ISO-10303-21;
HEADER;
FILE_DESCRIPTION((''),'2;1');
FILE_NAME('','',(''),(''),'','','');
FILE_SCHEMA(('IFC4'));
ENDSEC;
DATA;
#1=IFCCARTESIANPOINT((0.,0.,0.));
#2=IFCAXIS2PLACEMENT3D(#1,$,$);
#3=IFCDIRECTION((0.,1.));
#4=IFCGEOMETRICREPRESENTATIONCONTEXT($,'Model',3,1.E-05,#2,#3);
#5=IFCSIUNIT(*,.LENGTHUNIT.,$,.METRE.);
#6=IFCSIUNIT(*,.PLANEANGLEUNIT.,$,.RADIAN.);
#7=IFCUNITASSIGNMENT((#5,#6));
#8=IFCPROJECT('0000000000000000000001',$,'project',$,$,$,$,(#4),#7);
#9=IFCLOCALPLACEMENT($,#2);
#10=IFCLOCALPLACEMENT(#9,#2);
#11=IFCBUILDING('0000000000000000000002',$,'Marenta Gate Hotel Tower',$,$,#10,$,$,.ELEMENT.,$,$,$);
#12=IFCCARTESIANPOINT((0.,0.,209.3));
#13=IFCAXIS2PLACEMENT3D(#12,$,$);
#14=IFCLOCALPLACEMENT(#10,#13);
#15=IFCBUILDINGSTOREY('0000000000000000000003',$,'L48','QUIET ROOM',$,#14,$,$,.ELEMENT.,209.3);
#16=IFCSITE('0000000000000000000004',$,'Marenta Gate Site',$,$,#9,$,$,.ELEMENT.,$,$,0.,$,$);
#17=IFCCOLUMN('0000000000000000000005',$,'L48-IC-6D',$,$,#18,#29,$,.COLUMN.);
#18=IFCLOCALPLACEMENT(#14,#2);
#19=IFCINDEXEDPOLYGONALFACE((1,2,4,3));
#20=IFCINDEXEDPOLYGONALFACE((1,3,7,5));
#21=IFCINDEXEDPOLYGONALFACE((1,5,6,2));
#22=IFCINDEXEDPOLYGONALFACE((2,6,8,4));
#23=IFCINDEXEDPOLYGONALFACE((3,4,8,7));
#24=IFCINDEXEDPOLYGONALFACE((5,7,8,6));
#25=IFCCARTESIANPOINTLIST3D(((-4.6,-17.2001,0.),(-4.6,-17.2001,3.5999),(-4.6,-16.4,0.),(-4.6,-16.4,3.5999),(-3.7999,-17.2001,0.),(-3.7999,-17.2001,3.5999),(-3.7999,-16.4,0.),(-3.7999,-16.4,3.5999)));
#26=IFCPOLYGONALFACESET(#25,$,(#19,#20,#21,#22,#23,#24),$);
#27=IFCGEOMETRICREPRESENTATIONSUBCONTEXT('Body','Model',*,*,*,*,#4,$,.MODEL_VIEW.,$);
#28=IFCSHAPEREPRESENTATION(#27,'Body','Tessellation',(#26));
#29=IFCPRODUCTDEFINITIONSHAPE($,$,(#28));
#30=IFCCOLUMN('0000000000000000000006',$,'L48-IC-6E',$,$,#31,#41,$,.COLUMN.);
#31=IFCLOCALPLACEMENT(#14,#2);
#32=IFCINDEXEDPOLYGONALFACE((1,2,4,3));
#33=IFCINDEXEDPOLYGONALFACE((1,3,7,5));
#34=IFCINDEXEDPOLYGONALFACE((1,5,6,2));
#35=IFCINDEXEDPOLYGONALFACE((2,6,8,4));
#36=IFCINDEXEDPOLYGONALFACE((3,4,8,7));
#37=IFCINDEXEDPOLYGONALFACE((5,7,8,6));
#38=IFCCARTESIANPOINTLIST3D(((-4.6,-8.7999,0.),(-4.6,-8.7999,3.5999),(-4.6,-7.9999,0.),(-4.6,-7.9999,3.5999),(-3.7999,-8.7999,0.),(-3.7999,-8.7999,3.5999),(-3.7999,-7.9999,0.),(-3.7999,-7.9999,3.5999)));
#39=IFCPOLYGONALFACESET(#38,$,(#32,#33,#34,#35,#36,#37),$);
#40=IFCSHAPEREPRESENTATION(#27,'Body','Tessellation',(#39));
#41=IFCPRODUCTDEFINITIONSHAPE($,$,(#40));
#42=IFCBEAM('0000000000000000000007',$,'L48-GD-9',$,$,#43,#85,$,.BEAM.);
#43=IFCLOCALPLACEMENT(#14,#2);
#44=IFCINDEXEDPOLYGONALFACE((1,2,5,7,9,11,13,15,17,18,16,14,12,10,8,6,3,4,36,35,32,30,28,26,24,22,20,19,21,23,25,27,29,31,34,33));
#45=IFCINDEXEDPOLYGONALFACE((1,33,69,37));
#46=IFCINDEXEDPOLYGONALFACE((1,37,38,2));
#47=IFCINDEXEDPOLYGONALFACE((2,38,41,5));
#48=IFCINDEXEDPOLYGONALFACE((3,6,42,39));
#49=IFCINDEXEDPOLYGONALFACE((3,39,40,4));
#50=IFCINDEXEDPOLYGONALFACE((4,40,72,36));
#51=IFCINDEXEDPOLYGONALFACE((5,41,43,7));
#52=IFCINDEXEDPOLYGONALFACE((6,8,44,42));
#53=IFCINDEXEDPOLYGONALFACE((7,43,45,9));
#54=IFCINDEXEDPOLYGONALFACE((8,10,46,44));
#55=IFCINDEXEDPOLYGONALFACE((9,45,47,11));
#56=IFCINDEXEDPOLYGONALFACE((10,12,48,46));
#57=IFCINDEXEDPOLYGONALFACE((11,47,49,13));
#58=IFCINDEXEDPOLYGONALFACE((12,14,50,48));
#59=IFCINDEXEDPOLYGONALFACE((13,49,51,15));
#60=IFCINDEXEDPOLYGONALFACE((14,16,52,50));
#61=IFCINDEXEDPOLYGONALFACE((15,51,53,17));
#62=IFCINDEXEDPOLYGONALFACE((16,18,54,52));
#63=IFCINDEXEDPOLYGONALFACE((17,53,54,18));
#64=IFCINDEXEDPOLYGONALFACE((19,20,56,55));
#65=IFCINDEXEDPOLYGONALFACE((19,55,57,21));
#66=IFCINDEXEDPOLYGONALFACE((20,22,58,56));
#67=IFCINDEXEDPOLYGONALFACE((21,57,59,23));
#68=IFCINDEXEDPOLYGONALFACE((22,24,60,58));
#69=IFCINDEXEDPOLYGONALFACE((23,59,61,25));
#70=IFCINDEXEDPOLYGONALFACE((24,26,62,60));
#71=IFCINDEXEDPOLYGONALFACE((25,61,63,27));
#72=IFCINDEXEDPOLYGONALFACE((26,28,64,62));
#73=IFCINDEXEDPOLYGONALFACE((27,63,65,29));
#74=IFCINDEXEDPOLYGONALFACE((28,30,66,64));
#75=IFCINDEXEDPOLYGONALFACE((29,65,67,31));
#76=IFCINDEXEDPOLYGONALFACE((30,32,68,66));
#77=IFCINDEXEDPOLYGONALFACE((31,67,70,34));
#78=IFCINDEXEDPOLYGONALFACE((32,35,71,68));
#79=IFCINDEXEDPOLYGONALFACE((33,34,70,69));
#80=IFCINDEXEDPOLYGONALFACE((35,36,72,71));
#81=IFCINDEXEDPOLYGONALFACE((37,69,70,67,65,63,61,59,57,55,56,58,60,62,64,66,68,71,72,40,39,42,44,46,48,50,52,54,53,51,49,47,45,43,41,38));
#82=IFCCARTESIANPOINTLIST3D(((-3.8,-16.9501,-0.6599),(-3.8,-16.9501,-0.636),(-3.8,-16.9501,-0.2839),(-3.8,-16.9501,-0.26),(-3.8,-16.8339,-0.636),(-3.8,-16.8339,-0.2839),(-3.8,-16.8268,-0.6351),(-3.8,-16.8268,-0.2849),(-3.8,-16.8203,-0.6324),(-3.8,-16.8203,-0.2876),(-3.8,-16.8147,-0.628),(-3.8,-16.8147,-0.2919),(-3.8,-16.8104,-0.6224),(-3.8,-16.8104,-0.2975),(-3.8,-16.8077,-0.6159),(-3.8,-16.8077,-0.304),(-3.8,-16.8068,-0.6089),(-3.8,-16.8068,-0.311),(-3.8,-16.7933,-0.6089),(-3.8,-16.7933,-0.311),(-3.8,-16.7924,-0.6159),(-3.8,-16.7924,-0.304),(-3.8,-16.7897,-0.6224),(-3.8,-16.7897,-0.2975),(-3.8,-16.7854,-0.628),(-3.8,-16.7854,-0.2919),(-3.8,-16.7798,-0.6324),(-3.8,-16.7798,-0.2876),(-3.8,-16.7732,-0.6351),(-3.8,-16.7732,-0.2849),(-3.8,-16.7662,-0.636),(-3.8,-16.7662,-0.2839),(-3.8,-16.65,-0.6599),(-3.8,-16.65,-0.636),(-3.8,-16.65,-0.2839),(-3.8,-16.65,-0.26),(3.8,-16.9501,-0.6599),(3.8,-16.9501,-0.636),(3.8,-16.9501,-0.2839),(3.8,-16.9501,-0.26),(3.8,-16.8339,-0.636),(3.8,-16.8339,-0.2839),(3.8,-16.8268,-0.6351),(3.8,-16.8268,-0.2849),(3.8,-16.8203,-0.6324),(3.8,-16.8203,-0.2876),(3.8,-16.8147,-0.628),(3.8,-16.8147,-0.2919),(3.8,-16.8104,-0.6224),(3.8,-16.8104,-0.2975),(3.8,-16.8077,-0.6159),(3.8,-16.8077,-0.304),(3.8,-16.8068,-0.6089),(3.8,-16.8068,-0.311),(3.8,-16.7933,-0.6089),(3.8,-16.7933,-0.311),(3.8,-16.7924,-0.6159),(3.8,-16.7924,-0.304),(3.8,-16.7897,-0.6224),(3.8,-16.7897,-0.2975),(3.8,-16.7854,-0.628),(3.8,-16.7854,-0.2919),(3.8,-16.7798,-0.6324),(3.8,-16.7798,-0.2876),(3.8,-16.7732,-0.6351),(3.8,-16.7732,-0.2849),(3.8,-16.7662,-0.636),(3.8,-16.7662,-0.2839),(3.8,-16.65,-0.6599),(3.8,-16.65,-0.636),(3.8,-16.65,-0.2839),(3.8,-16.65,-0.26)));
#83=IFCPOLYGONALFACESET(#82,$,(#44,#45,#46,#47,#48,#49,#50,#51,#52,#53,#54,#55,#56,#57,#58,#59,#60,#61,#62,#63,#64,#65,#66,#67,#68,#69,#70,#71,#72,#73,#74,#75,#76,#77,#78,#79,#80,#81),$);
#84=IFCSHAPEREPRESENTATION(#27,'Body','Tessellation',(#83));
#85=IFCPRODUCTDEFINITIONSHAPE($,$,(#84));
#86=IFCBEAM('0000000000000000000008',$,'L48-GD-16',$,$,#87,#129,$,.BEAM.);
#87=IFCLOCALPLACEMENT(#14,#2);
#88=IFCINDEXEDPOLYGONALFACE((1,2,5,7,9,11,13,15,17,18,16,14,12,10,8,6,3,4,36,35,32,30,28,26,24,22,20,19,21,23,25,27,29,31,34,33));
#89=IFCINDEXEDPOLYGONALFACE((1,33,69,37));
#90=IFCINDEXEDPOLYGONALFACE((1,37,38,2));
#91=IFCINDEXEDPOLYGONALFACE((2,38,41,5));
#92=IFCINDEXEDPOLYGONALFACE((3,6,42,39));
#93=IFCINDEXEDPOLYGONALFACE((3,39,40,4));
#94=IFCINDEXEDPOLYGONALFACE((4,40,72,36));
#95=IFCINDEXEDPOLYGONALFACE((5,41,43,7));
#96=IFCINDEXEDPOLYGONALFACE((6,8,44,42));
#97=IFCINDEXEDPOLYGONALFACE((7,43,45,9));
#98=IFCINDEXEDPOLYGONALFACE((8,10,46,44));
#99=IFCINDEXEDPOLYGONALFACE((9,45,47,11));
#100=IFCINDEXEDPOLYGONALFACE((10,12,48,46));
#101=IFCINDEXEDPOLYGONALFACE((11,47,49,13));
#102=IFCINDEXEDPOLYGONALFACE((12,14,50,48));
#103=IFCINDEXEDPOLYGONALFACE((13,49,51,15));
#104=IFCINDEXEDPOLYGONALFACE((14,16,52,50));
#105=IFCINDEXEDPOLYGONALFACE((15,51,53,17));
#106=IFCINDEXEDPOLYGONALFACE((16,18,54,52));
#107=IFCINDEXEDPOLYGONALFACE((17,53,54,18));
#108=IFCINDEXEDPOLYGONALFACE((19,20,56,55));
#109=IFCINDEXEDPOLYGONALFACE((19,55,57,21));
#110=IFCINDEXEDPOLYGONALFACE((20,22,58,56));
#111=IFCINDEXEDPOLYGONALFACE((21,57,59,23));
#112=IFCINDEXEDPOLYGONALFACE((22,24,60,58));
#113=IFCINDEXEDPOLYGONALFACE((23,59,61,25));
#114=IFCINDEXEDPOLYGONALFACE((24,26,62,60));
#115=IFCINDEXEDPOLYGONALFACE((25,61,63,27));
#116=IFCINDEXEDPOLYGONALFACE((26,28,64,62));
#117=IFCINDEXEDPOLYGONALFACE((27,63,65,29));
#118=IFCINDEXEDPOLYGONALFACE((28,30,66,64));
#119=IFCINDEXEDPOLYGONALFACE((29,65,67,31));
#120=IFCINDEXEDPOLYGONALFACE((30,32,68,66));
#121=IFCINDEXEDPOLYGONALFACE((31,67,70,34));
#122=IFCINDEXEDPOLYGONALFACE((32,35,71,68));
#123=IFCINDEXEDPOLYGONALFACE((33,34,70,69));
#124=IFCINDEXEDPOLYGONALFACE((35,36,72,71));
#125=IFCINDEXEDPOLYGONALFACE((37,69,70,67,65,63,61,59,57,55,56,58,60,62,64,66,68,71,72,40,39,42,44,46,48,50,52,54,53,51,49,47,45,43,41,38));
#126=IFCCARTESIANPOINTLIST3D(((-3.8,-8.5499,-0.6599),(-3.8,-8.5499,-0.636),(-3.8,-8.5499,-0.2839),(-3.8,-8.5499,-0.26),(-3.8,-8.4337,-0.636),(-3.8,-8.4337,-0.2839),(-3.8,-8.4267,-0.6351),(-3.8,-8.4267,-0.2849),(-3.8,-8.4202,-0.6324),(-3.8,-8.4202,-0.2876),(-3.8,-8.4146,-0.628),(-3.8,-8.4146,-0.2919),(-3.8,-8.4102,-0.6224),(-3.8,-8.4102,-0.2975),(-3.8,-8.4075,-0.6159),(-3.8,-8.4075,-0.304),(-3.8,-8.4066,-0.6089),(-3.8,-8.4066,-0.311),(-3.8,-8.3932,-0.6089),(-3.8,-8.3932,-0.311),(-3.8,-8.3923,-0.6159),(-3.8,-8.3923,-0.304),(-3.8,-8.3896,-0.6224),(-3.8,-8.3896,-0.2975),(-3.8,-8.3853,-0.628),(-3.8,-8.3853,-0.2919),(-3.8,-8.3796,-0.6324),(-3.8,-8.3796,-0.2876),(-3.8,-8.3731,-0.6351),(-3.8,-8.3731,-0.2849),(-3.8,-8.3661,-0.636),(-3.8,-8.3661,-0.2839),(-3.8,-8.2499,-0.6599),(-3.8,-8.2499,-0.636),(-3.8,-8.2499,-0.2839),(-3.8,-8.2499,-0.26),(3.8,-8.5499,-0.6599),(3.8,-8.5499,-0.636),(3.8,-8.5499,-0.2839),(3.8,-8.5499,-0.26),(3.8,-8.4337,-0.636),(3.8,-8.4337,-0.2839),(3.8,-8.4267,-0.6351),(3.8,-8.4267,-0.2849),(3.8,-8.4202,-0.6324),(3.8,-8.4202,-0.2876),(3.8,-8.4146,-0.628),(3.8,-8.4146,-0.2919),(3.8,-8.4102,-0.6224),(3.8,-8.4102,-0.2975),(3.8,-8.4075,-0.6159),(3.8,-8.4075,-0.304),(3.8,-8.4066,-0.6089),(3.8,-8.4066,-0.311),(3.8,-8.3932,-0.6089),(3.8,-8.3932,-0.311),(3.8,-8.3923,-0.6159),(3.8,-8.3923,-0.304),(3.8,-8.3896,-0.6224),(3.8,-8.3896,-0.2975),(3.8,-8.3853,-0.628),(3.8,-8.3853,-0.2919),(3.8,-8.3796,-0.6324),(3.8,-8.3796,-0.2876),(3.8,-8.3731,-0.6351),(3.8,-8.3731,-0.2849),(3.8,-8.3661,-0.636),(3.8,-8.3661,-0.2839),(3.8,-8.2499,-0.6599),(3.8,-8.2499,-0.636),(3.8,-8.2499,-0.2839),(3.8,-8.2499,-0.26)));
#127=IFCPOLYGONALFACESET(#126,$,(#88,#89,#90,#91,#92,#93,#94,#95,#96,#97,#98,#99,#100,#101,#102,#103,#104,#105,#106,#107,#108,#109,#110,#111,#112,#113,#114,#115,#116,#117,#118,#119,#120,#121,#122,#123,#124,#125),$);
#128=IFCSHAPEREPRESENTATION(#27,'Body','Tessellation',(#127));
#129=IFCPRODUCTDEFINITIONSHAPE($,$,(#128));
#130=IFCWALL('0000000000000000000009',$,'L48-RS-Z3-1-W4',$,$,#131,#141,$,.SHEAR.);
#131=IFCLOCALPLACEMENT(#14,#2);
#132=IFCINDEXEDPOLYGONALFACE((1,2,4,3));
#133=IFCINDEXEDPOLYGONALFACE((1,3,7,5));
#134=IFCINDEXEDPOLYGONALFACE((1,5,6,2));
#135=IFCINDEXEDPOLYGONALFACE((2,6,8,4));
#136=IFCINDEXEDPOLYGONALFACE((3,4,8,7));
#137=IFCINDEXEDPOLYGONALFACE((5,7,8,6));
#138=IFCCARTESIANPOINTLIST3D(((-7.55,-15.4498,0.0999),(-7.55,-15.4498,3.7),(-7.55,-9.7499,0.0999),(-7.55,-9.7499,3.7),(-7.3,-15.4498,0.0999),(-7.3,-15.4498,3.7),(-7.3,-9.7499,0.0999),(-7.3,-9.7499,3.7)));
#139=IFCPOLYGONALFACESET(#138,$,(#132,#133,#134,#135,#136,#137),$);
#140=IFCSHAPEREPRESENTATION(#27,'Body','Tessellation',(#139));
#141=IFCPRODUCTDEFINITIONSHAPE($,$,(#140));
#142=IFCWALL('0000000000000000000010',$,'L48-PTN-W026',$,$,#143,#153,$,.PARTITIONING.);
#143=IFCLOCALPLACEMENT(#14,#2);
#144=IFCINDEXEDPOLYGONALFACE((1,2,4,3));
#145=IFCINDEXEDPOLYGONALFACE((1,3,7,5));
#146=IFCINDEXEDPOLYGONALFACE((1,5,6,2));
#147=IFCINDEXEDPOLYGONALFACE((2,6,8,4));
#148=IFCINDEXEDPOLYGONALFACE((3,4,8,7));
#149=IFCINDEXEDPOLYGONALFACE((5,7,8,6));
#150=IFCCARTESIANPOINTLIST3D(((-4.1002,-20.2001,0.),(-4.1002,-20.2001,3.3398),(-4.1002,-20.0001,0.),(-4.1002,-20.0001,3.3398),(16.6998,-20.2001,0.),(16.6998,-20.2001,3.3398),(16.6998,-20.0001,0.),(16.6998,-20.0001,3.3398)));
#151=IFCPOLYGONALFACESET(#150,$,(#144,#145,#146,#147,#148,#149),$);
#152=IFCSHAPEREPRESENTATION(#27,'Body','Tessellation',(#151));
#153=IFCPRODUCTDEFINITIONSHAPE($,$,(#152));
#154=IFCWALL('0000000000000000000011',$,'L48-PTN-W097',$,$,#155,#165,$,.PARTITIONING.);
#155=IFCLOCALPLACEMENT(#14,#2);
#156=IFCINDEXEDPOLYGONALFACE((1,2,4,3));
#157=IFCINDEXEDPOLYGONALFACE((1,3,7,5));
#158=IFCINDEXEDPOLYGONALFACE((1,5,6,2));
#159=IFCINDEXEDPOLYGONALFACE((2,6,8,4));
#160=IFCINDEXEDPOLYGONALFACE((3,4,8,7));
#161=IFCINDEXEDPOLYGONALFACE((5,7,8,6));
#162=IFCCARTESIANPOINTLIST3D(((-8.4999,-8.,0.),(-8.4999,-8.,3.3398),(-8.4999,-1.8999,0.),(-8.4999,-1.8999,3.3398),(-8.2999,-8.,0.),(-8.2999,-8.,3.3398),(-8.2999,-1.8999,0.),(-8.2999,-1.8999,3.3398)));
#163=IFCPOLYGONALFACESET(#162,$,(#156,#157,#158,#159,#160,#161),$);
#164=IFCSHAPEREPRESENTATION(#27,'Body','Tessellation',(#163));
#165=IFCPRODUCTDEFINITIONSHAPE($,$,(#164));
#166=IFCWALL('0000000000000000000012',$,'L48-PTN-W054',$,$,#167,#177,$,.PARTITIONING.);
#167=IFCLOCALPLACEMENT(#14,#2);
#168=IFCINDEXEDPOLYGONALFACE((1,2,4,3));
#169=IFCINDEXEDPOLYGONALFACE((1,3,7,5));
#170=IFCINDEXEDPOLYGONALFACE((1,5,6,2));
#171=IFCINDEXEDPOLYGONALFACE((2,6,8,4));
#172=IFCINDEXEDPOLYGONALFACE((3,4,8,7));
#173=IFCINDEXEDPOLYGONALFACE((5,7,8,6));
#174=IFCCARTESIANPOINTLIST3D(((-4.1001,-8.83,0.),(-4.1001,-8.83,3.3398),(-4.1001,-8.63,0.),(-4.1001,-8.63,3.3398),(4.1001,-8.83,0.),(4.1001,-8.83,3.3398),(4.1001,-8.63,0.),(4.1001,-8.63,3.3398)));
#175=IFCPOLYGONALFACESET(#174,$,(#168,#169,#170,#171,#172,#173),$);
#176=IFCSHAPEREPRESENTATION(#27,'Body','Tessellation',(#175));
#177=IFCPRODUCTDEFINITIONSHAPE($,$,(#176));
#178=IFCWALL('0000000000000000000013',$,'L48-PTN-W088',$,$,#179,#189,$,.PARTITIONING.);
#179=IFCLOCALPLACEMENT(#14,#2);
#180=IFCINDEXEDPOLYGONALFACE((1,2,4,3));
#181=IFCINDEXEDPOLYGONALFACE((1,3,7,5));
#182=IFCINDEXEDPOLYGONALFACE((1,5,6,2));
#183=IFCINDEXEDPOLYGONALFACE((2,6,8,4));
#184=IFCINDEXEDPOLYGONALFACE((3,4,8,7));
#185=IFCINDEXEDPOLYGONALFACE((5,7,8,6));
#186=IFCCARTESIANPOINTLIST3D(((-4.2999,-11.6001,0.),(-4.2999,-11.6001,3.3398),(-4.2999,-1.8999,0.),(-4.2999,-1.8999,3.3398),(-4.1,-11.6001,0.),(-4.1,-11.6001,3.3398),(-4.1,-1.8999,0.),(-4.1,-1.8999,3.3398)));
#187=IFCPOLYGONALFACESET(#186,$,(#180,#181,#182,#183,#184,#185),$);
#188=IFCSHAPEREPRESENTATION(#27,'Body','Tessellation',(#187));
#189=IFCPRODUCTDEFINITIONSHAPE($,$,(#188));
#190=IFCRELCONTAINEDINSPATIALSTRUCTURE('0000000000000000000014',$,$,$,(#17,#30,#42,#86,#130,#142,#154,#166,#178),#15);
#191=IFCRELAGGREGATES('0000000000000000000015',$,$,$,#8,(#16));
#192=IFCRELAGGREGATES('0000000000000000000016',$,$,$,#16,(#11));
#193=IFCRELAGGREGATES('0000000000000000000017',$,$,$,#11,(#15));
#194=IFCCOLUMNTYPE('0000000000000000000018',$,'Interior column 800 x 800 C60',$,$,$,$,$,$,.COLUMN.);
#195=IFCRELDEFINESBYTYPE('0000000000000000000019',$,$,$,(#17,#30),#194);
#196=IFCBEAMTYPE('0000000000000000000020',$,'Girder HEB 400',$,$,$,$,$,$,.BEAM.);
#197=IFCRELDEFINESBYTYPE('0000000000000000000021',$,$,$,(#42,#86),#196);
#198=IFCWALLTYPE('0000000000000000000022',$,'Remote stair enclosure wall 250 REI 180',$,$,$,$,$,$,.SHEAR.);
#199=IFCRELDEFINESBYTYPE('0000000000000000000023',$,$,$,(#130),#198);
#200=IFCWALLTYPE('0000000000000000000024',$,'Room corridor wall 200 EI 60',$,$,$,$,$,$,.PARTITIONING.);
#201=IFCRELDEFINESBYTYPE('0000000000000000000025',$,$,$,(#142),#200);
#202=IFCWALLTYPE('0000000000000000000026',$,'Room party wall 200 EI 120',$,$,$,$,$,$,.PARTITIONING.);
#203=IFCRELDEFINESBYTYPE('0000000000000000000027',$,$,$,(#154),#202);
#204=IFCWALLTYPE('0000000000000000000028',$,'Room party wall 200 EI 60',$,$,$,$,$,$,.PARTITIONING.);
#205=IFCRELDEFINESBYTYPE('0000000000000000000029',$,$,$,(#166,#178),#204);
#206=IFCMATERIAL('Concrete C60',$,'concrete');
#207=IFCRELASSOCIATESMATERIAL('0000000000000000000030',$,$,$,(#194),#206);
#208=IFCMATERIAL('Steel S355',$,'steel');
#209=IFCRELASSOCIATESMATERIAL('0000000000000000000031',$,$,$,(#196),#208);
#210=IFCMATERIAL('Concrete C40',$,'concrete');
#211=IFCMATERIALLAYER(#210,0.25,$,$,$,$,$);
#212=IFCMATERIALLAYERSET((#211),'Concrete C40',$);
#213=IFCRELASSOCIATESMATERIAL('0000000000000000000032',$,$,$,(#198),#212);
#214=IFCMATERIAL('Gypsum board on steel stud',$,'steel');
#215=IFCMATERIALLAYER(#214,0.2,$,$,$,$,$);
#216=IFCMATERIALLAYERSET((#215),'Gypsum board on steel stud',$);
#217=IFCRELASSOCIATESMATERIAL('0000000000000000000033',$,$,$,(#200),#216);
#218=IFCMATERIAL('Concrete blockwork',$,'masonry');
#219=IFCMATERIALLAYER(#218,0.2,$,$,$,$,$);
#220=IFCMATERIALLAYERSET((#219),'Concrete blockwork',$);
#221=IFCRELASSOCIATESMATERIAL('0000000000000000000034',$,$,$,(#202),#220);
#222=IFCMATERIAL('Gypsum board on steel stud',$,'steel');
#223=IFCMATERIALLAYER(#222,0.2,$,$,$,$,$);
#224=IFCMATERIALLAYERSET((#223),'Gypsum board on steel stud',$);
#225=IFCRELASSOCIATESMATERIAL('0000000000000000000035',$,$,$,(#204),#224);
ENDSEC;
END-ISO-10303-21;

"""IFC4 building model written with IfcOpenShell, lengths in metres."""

from ifc_helpers import new_model, si_unit, direction, frame, frame_2d, origin, origin_2d, place, context, subcontext, project, spatial, rectangle, i_section, extrude, material, layer, layer_set, material_profile, profile_set, type_object, element, save


model = new_model("IFC4")

# Units and contexts
model_context = context("Model", 3, precision=1e-05, world=origin(), true_north=direction((0.0, 1.0)))
body_context = subcontext(model_context, "Body", "Model", "MODEL_VIEW")
ifc_project = project(units=[si_unit("LENGTHUNIT", "METRE"), si_unit("PLANEANGLEUNIT", "RADIAN")], contexts=[model_context])

# Site, building, storey
site_placement = place(None, origin())
site = spatial("IfcSite", under=ifc_project, at=site_placement, Name="Marenta Gate Site", CompositionType="ELEMENT", RefElevation=0.0)
building_placement = place(site_placement, origin())
building = spatial("IfcBuilding", under=site, at=building_placement, Name="Marenta Gate Hotel Tower", CompositionType="ELEMENT")
storey_placement = place(building_placement, frame((0.0, 0.0, 209.3)))
storey = spatial("IfcBuildingStorey", under=building, at=storey_placement, Name="L48", Description="QUIET ROOM", CompositionType="ELEMENT", Elevation=209.3)

# Columns
ifc_material_1 = material(Name="Concrete C60", Category="concrete")
ifc_material_profile_1 = material_profile(ifc_material_1, rectangle(XDim=0.8, YDim=0.8, at=origin_2d()), Name="800 x 800")
ifc_profile_set_1 = profile_set([ifc_material_profile_1], Name="Concrete C60")
column_type = type_object("IfcColumnType", Name="Interior column 800 x 800 C60", PredefinedType="COLUMN", material=ifc_profile_set_1)
for number, where, z_axis, x_axis, name in (
    (1, (-4.2, -16.8, 0.0), (0.0, 0.0, 1.0), (1.0, 0.0, 0.0), "L48-IC-6D"),
    (2, (-4.2, -8.3999, 0.0), (0.0, 0.0, 1.0), (1.0, 0.0, 0.0), "L48-IC-6E"),
):
    element("IfcColumn", number, at=place(storey_placement, frame(where, z_axis=z_axis, x_axis=x_axis)), inside=storey, type_object=column_type, Name=name, PredefinedType="COLUMN", context=body_context, shape_type="SweptSolid", body=[
        extrude(rectangle(XDim=0.8, YDim=0.8, at=origin_2d()), origin(), (0.0, 0.0, 1.0), 3.5999),
    ])

# Beams
ifc_material_2 = material(Name="Steel S355", Category="steel")
ifc_material_profile_2 = material_profile(ifc_material_2, i_section(OverallWidth=0.3, OverallDepth=0.3999, WebThickness=0.0134, FlangeThickness=0.0239, FilletRadius=0.0271, at=origin_2d()), Name="HEB 400")
ifc_profile_set_2 = profile_set([ifc_material_profile_2], Name="Steel S355")
beam_type = type_object("IfcBeamType", Name="Girder HEB 400", PredefinedType="BEAM", material=ifc_profile_set_2)
for number, where, z_axis, x_axis, name in (
    (3, (-3.8, -16.8, -0.46), (1.0, 0.0, 0.0), (0.0, 1.0, 0.0), "L48-GD-9"),
    (4, (-3.8, -8.3999, -0.46), (1.0, 0.0, 0.0), (0.0, 1.0, 0.0), "L48-GD-16"),
):
    element("IfcBeam", number, at=place(storey_placement, frame(where, z_axis=z_axis, x_axis=x_axis)), inside=storey, type_object=beam_type, Name=name, PredefinedType="BEAM", context=body_context, shape_type="SweptSolid", body=[
        extrude(i_section(OverallWidth=0.3, OverallDepth=0.3999, WebThickness=0.0134, FlangeThickness=0.0239, FilletRadius=0.0271, at=origin_2d()), origin(), (0.0, 0.0, 1.0), 7.6001),
    ])

# Walls
ifc_material_3 = material(Name="Concrete C40", Category="concrete")
ifc_layer_1 = layer(ifc_material_3, 0.25)
ifc_layer_set_1 = layer_set([ifc_layer_1], Name="Concrete C40")
wall_type_1 = type_object("IfcWallType", Name="Remote stair enclosure wall 250 REI 180", PredefinedType="SHEAR", material=ifc_layer_set_1)
wall_1_placement = place(storey_placement, frame((-7.425, -15.45, 0.0999), z_axis=(0.0, 0.0, 1.0), x_axis=(0.0, 1.0, 0.0)))
element("IfcWall", 5, at=wall_1_placement, inside=storey, type_object=wall_type_1, Name="L48-RS-Z3-1-W4", PredefinedType="SHEAR", context=body_context, shape_type="SweptSolid", body=[
    extrude(rectangle(XDim=5.7, YDim=0.25, at=frame_2d((2.8501, 0.0))), origin(), (0.0, 0.0, 1.0), 3.6001),
])
ifc_material_4 = material(Name="Gypsum board on steel stud", Category="steel")
ifc_layer_2 = layer(ifc_material_4, 0.2)
ifc_layer_set_2 = layer_set([ifc_layer_2], Name="Gypsum board on steel stud")
wall_type_2 = type_object("IfcWallType", Name="Room corridor wall 200 EI 60", PredefinedType="PARTITIONING", material=ifc_layer_set_2)
wall_2_placement = place(storey_placement, frame((-4.1001, -20.1001, 0.0), z_axis=(0.0, 0.0, 1.0), x_axis=(1.0, 0.0, 0.0)))
element("IfcWall", 6, at=wall_2_placement, inside=storey, type_object=wall_type_2, Name="L48-PTN-W026", PredefinedType="PARTITIONING", context=body_context, shape_type="SweptSolid", body=[
    extrude(rectangle(XDim=20.8, YDim=0.2, at=frame_2d((10.3999, 0.0))), origin(), (0.0, 0.0, 1.0), 3.3398),
])

# Walls
ifc_material_5 = material(Name="Concrete blockwork", Category="masonry")
ifc_layer_3 = layer(ifc_material_5, 0.2)
ifc_layer_set_3 = layer_set([ifc_layer_3], Name="Concrete blockwork")
wall_type_3 = type_object("IfcWallType", Name="Room party wall 200 EI 120", PredefinedType="PARTITIONING", material=ifc_layer_set_3)
wall_3_placement = place(storey_placement, frame((-8.3999, -8.0, 0.0), z_axis=(0.0, 0.0, 1.0), x_axis=(0.0, 1.0, 0.0)))
element("IfcWall", 7, at=wall_3_placement, inside=storey, type_object=wall_type_3, Name="L48-PTN-W097", PredefinedType="PARTITIONING", context=body_context, shape_type="SweptSolid", body=[
    extrude(rectangle(XDim=6.1001, YDim=0.2, at=frame_2d((3.05, 0.0))), origin(), (0.0, 0.0, 1.0), 3.3398),
])
ifc_material_6 = material(Name="Gypsum board on steel stud", Category="steel")
ifc_layer_4 = layer(ifc_material_6, 0.2)
ifc_layer_set_4 = layer_set([ifc_layer_4], Name="Gypsum board on steel stud")
wall_type_4 = type_object("IfcWallType", Name="Room party wall 200 EI 60", PredefinedType="PARTITIONING", material=ifc_layer_set_4)
wall_4_placement = place(storey_placement, frame((-4.1001, -8.73, 0.0), z_axis=(0.0, 0.0, 1.0), x_axis=(1.0, 0.0, 0.0)))
element("IfcWall", 8, at=wall_4_placement, inside=storey, type_object=wall_type_4, Name="L48-PTN-W054", PredefinedType="PARTITIONING", context=body_context, shape_type="SweptSolid", body=[
    extrude(rectangle(XDim=8.2002, YDim=0.2, at=frame_2d((4.1001, 0.0))), origin(), (0.0, 0.0, 1.0), 3.3398),
])
wall_5_placement = place(storey_placement, frame((-4.2, -11.6001, 0.0), z_axis=(0.0, 0.0, 1.0), x_axis=(0.0, 1.0, 0.0)))
element("IfcWall", 9, at=wall_5_placement, inside=storey, type_object=wall_type_4, Name="L48-PTN-W088", PredefinedType="PARTITIONING", context=body_context, shape_type="SweptSolid", body=[
    extrude(rectangle(XDim=9.7002, YDim=0.2, at=frame_2d((4.8501, 0.0))), origin(), (0.0, 0.0, 1.0), 3.3398),
])

save(model, "model.ifc")
